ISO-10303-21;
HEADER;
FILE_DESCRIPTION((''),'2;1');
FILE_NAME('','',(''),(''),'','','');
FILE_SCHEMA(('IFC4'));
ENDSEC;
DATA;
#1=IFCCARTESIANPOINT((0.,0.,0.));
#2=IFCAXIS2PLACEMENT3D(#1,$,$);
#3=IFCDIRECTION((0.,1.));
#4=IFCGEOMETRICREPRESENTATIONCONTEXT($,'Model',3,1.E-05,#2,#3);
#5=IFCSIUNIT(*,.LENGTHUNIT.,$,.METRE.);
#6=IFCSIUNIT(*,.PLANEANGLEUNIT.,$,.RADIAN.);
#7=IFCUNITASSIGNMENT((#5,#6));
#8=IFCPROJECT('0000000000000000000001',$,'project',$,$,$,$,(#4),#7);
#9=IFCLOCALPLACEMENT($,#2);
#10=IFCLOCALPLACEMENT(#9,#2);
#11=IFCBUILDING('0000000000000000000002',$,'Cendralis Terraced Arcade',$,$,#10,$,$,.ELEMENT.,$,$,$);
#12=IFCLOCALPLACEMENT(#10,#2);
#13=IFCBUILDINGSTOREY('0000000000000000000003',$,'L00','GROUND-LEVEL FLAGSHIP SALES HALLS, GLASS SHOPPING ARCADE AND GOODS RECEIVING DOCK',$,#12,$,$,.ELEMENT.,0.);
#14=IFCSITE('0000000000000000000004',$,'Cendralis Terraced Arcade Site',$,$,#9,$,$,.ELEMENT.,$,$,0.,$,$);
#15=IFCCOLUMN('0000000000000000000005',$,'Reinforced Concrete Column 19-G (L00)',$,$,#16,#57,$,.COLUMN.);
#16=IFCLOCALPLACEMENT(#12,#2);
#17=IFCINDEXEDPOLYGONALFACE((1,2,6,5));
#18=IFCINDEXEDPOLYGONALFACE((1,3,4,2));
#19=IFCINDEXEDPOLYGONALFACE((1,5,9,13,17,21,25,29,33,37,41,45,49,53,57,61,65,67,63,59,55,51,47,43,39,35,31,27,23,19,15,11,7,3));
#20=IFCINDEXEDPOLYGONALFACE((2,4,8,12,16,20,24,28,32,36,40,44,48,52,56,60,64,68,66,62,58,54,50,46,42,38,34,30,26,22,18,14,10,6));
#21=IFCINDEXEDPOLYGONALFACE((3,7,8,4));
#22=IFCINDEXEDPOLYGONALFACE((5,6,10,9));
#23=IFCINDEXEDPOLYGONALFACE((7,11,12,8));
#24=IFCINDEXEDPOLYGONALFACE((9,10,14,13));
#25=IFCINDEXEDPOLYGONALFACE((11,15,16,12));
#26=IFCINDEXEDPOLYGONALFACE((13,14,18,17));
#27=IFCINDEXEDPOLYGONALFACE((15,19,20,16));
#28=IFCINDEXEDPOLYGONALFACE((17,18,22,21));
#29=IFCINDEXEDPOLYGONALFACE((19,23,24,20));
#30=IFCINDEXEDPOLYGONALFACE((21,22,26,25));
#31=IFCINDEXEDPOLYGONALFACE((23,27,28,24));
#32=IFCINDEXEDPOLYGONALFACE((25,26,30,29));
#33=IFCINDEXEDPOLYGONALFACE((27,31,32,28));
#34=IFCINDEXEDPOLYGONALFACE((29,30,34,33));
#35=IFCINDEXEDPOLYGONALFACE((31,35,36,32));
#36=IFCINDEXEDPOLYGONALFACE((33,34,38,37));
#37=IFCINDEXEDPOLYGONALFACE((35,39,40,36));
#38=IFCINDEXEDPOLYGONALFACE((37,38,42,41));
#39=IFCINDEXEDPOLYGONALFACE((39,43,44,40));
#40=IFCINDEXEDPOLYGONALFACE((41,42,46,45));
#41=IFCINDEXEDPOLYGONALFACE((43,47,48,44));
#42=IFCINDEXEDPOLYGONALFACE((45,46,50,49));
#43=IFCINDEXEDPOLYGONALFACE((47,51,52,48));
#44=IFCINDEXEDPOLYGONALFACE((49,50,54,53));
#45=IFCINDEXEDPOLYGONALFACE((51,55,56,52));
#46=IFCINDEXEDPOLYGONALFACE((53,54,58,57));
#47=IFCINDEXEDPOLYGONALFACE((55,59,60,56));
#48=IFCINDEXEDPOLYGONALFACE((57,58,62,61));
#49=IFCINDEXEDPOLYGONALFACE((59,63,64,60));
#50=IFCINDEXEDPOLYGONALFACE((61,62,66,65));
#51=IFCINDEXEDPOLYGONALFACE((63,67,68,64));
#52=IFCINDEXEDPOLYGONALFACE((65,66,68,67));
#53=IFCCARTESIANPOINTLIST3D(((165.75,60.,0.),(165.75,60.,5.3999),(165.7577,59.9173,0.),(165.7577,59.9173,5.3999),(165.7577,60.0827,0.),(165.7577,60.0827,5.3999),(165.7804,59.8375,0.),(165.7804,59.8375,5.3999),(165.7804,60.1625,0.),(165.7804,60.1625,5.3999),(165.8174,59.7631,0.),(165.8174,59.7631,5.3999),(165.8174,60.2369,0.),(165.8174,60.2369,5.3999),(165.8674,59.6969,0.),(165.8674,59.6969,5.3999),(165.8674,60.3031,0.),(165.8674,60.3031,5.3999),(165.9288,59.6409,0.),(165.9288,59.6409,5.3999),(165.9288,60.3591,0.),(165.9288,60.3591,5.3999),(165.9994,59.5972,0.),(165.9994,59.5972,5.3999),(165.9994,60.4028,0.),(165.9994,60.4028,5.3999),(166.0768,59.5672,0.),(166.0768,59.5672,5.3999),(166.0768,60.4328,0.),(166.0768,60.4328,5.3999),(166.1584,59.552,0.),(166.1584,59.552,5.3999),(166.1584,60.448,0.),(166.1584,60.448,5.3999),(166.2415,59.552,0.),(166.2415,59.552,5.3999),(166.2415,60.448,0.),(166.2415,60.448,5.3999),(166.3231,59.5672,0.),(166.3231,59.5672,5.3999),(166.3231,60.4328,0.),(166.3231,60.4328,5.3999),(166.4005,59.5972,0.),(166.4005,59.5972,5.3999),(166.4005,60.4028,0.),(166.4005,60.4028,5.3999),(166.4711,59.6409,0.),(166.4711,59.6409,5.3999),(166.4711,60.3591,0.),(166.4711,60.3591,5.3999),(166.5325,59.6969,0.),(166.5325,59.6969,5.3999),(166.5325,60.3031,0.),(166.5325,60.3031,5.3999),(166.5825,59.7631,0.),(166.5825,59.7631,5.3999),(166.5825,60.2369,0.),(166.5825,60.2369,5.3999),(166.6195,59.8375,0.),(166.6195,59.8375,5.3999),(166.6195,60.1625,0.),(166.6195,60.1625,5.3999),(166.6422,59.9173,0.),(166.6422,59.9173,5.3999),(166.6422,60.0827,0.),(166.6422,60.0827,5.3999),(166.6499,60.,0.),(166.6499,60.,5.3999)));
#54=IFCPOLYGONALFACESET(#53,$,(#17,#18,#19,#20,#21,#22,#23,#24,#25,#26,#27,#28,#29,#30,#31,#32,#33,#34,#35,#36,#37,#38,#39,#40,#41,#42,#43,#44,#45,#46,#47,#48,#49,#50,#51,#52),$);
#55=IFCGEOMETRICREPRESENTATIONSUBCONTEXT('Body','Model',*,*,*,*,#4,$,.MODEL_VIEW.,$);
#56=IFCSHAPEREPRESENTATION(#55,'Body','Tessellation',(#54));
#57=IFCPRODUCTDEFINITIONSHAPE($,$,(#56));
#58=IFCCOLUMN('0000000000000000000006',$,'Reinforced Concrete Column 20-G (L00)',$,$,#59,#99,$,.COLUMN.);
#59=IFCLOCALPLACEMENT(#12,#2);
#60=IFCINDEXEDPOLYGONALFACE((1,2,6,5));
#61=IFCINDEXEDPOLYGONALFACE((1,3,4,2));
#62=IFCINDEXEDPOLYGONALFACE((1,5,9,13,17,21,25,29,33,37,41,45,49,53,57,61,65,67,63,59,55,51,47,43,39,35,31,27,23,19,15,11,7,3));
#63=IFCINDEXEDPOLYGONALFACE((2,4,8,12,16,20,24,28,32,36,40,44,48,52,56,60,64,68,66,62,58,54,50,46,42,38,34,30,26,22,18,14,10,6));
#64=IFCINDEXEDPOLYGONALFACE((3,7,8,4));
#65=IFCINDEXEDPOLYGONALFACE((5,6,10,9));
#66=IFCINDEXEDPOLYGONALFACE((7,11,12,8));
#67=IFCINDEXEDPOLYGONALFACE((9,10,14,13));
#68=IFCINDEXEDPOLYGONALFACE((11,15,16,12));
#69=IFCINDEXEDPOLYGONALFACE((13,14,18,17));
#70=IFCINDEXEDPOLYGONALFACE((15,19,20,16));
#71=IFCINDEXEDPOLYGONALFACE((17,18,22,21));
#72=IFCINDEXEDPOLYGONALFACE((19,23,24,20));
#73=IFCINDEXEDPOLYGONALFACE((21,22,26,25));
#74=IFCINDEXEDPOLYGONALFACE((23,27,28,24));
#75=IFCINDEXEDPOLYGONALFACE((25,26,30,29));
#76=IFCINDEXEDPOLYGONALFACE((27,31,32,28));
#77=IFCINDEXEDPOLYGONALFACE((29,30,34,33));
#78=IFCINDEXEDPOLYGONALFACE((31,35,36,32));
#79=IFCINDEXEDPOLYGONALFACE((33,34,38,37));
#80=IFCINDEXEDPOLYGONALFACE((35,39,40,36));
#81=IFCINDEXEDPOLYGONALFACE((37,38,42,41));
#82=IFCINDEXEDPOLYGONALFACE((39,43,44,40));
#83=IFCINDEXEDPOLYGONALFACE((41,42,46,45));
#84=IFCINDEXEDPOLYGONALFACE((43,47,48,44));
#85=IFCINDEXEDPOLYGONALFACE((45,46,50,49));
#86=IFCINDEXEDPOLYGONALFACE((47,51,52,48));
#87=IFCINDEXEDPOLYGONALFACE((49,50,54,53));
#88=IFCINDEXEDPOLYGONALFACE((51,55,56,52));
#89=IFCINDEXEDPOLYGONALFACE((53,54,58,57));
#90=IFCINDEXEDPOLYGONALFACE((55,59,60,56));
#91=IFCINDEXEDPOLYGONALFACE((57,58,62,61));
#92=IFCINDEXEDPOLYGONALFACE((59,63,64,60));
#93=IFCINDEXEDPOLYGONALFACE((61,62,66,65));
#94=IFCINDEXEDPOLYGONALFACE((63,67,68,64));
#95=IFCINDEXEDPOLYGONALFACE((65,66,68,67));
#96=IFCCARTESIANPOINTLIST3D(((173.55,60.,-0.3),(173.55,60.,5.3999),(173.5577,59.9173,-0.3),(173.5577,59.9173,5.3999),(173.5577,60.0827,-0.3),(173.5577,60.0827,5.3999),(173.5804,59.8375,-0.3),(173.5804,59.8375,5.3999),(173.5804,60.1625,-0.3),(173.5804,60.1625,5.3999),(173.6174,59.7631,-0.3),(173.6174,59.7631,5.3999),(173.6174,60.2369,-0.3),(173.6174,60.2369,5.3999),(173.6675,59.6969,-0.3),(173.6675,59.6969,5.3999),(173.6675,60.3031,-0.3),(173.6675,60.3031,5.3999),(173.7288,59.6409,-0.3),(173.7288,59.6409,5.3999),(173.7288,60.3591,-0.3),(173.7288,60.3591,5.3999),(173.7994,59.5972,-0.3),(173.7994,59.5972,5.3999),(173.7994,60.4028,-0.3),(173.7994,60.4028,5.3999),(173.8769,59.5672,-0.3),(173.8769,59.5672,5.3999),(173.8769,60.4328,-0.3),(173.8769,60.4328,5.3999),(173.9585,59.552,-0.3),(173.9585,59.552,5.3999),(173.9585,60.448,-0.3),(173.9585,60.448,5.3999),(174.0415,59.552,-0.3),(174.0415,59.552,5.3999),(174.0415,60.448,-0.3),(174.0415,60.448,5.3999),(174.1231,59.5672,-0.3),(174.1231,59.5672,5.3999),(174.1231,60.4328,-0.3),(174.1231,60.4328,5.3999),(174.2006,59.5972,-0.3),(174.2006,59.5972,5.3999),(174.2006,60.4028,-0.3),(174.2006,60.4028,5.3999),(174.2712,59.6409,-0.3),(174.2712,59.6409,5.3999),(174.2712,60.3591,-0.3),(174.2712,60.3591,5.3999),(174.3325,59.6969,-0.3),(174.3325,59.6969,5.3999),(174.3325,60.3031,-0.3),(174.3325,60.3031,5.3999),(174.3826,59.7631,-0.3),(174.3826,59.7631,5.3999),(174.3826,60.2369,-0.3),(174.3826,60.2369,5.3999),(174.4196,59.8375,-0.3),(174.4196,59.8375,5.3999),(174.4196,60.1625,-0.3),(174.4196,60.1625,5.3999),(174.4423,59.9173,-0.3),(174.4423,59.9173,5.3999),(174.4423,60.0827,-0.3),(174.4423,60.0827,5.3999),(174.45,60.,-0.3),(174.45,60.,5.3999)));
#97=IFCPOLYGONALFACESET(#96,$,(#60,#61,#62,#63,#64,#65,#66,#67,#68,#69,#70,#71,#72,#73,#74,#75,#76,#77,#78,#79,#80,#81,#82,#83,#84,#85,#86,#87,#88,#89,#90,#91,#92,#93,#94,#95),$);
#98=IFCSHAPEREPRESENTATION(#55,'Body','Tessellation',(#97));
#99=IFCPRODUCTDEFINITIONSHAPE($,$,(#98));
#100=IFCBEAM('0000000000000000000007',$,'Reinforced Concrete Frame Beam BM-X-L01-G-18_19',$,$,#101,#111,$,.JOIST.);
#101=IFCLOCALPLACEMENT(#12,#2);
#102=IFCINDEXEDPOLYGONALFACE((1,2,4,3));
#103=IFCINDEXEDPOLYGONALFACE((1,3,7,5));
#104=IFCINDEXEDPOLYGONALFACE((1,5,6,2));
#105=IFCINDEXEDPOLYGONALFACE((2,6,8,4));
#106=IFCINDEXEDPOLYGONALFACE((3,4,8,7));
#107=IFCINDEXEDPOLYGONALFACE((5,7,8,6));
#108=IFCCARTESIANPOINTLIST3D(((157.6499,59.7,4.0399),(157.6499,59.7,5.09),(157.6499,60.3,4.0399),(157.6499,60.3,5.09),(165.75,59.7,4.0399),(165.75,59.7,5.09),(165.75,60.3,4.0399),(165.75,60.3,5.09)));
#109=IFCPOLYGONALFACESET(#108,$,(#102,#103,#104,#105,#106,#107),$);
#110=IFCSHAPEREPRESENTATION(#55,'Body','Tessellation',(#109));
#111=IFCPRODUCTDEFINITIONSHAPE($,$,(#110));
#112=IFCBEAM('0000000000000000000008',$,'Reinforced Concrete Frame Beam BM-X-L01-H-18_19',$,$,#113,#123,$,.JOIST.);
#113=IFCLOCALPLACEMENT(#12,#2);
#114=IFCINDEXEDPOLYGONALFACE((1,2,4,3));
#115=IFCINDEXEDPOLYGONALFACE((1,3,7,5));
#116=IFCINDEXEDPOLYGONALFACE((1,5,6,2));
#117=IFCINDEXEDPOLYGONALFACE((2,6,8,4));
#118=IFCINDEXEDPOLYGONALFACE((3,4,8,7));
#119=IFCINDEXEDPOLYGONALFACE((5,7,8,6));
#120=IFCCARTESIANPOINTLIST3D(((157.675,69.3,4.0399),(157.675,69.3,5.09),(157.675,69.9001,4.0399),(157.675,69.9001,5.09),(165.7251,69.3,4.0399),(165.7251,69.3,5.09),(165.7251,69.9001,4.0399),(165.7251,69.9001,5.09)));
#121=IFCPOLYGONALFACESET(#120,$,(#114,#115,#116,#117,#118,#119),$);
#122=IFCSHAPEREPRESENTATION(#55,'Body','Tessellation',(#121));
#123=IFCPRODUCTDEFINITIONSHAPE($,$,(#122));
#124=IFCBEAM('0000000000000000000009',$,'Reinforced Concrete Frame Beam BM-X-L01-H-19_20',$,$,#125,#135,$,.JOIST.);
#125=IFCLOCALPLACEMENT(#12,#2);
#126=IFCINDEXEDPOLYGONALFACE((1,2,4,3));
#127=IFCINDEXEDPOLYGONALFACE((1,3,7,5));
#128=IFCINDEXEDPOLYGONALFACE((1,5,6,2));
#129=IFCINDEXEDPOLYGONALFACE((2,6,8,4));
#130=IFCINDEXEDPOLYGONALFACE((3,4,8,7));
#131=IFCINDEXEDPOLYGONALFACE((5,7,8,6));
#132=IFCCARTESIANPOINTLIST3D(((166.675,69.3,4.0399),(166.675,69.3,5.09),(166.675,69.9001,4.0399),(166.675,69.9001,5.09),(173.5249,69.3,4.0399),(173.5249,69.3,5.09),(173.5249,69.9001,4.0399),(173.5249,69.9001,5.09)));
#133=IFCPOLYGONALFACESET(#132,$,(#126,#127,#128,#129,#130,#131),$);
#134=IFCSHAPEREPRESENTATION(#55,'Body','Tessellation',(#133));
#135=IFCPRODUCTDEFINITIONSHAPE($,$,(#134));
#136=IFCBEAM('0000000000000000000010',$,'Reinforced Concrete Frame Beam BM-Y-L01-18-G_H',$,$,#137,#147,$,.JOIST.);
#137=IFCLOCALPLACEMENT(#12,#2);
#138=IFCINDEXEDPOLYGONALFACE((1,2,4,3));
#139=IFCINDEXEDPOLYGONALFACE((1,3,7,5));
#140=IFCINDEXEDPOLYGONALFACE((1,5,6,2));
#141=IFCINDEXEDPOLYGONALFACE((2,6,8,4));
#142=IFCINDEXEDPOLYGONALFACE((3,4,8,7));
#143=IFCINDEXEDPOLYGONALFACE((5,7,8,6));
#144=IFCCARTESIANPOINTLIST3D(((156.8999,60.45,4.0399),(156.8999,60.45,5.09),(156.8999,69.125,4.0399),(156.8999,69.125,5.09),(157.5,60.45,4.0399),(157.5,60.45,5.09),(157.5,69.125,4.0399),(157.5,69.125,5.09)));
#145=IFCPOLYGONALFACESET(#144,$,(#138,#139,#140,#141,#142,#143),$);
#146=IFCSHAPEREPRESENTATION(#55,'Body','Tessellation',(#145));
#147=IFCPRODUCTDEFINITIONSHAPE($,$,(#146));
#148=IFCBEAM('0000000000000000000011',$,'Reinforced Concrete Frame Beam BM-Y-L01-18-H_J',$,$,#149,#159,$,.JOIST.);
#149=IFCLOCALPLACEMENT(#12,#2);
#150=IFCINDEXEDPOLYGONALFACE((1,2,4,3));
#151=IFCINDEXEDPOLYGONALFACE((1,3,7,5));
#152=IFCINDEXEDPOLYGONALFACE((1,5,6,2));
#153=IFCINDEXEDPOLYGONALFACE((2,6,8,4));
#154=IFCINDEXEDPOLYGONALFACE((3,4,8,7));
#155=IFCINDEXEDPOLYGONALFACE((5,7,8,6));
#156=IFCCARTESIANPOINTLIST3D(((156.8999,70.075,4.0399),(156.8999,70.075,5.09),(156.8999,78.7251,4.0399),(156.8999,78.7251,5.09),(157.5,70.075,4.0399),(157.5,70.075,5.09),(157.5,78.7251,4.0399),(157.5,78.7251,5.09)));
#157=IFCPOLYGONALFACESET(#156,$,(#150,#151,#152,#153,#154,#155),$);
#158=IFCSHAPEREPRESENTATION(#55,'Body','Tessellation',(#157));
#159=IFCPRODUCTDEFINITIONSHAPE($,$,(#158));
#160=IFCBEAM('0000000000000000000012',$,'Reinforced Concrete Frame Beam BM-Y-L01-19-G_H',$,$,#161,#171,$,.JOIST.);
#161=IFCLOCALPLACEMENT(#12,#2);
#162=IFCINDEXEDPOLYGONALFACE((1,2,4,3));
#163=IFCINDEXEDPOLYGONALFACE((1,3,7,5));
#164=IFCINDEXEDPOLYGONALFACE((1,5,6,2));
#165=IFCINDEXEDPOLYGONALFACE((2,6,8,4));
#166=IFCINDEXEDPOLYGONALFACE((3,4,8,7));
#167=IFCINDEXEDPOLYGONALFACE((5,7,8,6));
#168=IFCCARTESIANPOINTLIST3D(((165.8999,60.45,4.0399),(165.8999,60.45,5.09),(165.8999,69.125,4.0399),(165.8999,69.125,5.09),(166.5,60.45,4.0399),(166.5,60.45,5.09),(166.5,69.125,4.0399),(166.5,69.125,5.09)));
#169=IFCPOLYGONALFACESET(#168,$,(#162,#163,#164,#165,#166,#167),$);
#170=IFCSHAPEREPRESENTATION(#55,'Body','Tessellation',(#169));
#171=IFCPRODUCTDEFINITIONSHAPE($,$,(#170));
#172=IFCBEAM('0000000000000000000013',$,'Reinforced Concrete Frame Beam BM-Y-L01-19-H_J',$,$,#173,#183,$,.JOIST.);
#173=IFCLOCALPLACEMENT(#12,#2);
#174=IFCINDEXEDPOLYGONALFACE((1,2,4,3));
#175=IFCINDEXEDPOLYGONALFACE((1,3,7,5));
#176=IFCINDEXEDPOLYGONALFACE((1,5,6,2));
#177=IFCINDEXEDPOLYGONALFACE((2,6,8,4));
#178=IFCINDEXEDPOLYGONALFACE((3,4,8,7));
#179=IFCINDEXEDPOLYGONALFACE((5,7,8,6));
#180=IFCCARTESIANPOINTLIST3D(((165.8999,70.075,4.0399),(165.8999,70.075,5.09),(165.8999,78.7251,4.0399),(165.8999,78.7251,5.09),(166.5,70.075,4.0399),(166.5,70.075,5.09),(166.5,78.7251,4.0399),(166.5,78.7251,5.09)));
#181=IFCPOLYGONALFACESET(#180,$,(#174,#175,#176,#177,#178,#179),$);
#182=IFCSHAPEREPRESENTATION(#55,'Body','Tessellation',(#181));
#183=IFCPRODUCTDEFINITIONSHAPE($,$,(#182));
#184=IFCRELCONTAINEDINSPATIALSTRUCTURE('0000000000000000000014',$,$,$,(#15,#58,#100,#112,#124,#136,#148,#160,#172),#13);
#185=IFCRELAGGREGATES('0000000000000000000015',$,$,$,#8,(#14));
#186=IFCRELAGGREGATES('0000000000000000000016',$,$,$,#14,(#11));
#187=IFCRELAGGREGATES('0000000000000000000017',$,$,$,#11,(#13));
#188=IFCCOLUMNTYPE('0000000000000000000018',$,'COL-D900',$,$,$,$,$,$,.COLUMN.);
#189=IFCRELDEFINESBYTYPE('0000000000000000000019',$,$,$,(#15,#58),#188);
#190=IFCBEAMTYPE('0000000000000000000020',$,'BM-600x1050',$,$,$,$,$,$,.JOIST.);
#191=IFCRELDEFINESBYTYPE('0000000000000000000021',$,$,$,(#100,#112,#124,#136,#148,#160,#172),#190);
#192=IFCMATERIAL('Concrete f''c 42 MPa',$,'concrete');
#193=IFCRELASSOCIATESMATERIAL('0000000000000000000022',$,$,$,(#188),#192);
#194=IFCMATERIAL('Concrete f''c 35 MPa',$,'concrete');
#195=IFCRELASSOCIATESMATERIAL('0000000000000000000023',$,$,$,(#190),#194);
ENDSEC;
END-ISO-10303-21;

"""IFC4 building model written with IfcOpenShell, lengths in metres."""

from ifc_helpers import new_model, si_unit, direction, frame, origin, origin_2d, place, context, subcontext, project, spatial, rectangle, circle, extrude, material, material_profile, profile_set, type_object, element, save


model = new_model("IFC4")

# Units and contexts
model_context = context("Model", 3, precision=1e-05, world=origin(), true_north=direction((0.0, 1.0)))
body_context = subcontext(model_context, "Body", "Model", "MODEL_VIEW")
ifc_project = project(units=[si_unit("LENGTHUNIT", "METRE"), si_unit("PLANEANGLEUNIT", "RADIAN")], contexts=[model_context])

# Site, building, storey
site_placement = place(None, origin())
site = spatial("IfcSite", under=ifc_project, at=site_placement, Name="Cendralis Terraced Arcade Site", CompositionType="ELEMENT", RefElevation=0.0)
building_placement = place(site_placement, origin())
building = spatial("IfcBuilding", under=site, at=building_placement, Name="Cendralis Terraced Arcade", CompositionType="ELEMENT")
storey_placement = place(building_placement, origin())
storey = spatial("IfcBuildingStorey", under=building, at=storey_placement, Name="L00", Description="GROUND-LEVEL FLAGSHIP SALES HALLS, GLASS SHOPPING ARCADE AND GOODS RECEIVING DOCK", CompositionType="ELEMENT", Elevation=0.0)

# Shared definitions
ifc_material_1 = material(Name="Concrete f'c 35 MPa", Category="concrete")

# Columns
ifc_material_2 = material(Name="Concrete f'c 42 MPa", Category="concrete")
ifc_material_profile_1 = material_profile(ifc_material_2, circle(Radius=0.45, at=origin_2d()), Name="RC-COL-D900", Category="LoadBearing")
ifc_profile_set_1 = profile_set([ifc_material_profile_1], Name="Concrete f'c 42 MPa")
column_type_1 = type_object("IfcColumnType", Name="COL-D900", PredefinedType="COLUMN", material=ifc_profile_set_1)
for number, where, z_axis, x_axis, name in (
    (1, (166.2, 60.0, 0.0), (0.0, 0.0, 1.0), (1.0, 0.0, 0.0), "Reinforced Concrete Column 19-G (L00)"),
):
    element("IfcColumn", number, at=place(storey_placement, frame(where, z_axis=z_axis, x_axis=x_axis)), inside=storey, type_object=column_type_1, Name=name, PredefinedType="COLUMN", context=body_context, shape_type="SweptSolid", body=[
        extrude(circle(Radius=0.45, at=origin_2d()), origin(), (0.0, 0.0, 1.0), 5.3999),
    ])
column_1_placement = place(storey_placement, frame((174.0, 60.0, -0.3), z_axis=(0.0, 0.0, 1.0), x_axis=(1.0, 0.0, 0.0)))
element("IfcColumn", 2, at=column_1_placement, inside=storey, type_object=column_type_1, Name="Reinforced Concrete Column 20-G (L00)", PredefinedType="COLUMN", context=body_context, shape_type="SweptSolid", body=[
    extrude(circle(Radius=0.45, at=origin_2d()), origin(), (0.0, 0.0, 1.0), 5.7),
])

# Beams
ifc_material_profile_2 = material_profile(ifc_material_1, rectangle(XDim=0.6001, YDim=1.05, at=origin_2d()), Name="RC-BM-600x1050", Category="LoadBearing")
ifc_profile_set_2 = profile_set([ifc_material_profile_2], Name="Concrete f'c 35 MPa")
beam_type = type_object("IfcBeamType", Name="BM-600x1050", PredefinedType="JOIST", material=ifc_profile_set_2)
beam_1_placement = place(storey_placement, frame((157.6499, 60.0, 4.5649), z_axis=(1.0, 0.0, 0.0), x_axis=(0.0, 1.0, 0.0)))
element("IfcBeam", 3, at=beam_1_placement, inside=storey, type_object=beam_type, Name="Reinforced Concrete Frame Beam BM-X-L01-G-18_19", PredefinedType="JOIST", context=body_context, shape_type="SweptSolid", body=[
    extrude(rectangle(XDim=0.6001, YDim=1.05, at=origin_2d()), origin(), (0.0, 0.0, 1.0), 8.1001),
])
beam_2_placement = place(storey_placement, frame((157.675, 69.6001, 4.5649), z_axis=(1.0, 0.0, 0.0), x_axis=(0.0, 1.0, 0.0)))
element("IfcBeam", 4, at=beam_2_placement, inside=storey, type_object=beam_type, Name="Reinforced Concrete Frame Beam BM-X-L01-H-18_19", PredefinedType="JOIST", context=body_context, shape_type="SweptSolid", body=[
    extrude(rectangle(XDim=0.6001, YDim=1.05, at=origin_2d()), origin(), (0.0, 0.0, 1.0), 8.05),
])
beam_3_placement = place(storey_placement, frame((166.675, 69.6001, 4.5649), z_axis=(1.0, 0.0, 0.0), x_axis=(0.0, 1.0, 0.0)))
element("IfcBeam", 5, at=beam_3_placement, inside=storey, type_object=beam_type, Name="Reinforced Concrete Frame Beam BM-X-L01-H-19_20", PredefinedType="JOIST", context=body_context, shape_type="SweptSolid", body=[
    extrude(rectangle(XDim=0.6001, YDim=1.05, at=origin_2d()), origin(), (0.0, 0.0, 1.0), 6.8499),
])
beam_4_placement = place(storey_placement, frame((157.2, 60.45, 4.5649), z_axis=(0.0, 1.0, 0.0), x_axis=(-1.0, 0.0, 0.0)))
element("IfcBeam", 6, at=beam_4_placement, inside=storey, type_object=beam_type, Name="Reinforced Concrete Frame Beam BM-Y-L01-18-G_H", PredefinedType="JOIST", context=body_context, shape_type="SweptSolid", body=[
    extrude(rectangle(XDim=0.6001, YDim=1.05, at=origin_2d()), origin(), (0.0, 0.0, 1.0), 8.675),
])
beam_5_placement = place(storey_placement, frame((157.2, 70.075, 4.5649), z_axis=(0.0, 1.0, 0.0), x_axis=(-1.0, 0.0, 0.0)))
element("IfcBeam", 7, at=beam_5_placement, inside=storey, type_object=beam_type, Name="Reinforced Concrete Frame Beam BM-Y-L01-18-H_J", PredefinedType="JOIST", context=body_context, shape_type="SweptSolid", body=[
    extrude(rectangle(XDim=0.6001, YDim=1.05, at=origin_2d()), origin(), (0.0, 0.0, 1.0), 8.6501),
])
beam_6_placement = place(storey_placement, frame((166.2, 60.45, 4.5649), z_axis=(0.0, 1.0, 0.0), x_axis=(-1.0, 0.0, 0.0)))
element("IfcBeam", 8, at=beam_6_placement, inside=storey, type_object=beam_type, Name="Reinforced Concrete Frame Beam BM-Y-L01-19-G_H", PredefinedType="JOIST", context=body_context, shape_type="SweptSolid", body=[
    extrude(rectangle(XDim=0.6001, YDim=1.05, at=origin_2d()), origin(), (0.0, 0.0, 1.0), 8.675),
])
beam_7_placement = place(storey_placement, frame((166.2, 70.075, 4.5649), z_axis=(0.0, 1.0, 0.0), x_axis=(-1.0, 0.0, 0.0)))
element("IfcBeam", 9, at=beam_7_placement, inside=storey, type_object=beam_type, Name="Reinforced Concrete Frame Beam BM-Y-L01-19-H_J", PredefinedType="JOIST", context=body_context, shape_type="SweptSolid", body=[
    extrude(rectangle(XDim=0.6001, YDim=1.05, at=origin_2d()), origin(), (0.0, 0.0, 1.0), 8.6501),
])

save(model, "model.ifc")
